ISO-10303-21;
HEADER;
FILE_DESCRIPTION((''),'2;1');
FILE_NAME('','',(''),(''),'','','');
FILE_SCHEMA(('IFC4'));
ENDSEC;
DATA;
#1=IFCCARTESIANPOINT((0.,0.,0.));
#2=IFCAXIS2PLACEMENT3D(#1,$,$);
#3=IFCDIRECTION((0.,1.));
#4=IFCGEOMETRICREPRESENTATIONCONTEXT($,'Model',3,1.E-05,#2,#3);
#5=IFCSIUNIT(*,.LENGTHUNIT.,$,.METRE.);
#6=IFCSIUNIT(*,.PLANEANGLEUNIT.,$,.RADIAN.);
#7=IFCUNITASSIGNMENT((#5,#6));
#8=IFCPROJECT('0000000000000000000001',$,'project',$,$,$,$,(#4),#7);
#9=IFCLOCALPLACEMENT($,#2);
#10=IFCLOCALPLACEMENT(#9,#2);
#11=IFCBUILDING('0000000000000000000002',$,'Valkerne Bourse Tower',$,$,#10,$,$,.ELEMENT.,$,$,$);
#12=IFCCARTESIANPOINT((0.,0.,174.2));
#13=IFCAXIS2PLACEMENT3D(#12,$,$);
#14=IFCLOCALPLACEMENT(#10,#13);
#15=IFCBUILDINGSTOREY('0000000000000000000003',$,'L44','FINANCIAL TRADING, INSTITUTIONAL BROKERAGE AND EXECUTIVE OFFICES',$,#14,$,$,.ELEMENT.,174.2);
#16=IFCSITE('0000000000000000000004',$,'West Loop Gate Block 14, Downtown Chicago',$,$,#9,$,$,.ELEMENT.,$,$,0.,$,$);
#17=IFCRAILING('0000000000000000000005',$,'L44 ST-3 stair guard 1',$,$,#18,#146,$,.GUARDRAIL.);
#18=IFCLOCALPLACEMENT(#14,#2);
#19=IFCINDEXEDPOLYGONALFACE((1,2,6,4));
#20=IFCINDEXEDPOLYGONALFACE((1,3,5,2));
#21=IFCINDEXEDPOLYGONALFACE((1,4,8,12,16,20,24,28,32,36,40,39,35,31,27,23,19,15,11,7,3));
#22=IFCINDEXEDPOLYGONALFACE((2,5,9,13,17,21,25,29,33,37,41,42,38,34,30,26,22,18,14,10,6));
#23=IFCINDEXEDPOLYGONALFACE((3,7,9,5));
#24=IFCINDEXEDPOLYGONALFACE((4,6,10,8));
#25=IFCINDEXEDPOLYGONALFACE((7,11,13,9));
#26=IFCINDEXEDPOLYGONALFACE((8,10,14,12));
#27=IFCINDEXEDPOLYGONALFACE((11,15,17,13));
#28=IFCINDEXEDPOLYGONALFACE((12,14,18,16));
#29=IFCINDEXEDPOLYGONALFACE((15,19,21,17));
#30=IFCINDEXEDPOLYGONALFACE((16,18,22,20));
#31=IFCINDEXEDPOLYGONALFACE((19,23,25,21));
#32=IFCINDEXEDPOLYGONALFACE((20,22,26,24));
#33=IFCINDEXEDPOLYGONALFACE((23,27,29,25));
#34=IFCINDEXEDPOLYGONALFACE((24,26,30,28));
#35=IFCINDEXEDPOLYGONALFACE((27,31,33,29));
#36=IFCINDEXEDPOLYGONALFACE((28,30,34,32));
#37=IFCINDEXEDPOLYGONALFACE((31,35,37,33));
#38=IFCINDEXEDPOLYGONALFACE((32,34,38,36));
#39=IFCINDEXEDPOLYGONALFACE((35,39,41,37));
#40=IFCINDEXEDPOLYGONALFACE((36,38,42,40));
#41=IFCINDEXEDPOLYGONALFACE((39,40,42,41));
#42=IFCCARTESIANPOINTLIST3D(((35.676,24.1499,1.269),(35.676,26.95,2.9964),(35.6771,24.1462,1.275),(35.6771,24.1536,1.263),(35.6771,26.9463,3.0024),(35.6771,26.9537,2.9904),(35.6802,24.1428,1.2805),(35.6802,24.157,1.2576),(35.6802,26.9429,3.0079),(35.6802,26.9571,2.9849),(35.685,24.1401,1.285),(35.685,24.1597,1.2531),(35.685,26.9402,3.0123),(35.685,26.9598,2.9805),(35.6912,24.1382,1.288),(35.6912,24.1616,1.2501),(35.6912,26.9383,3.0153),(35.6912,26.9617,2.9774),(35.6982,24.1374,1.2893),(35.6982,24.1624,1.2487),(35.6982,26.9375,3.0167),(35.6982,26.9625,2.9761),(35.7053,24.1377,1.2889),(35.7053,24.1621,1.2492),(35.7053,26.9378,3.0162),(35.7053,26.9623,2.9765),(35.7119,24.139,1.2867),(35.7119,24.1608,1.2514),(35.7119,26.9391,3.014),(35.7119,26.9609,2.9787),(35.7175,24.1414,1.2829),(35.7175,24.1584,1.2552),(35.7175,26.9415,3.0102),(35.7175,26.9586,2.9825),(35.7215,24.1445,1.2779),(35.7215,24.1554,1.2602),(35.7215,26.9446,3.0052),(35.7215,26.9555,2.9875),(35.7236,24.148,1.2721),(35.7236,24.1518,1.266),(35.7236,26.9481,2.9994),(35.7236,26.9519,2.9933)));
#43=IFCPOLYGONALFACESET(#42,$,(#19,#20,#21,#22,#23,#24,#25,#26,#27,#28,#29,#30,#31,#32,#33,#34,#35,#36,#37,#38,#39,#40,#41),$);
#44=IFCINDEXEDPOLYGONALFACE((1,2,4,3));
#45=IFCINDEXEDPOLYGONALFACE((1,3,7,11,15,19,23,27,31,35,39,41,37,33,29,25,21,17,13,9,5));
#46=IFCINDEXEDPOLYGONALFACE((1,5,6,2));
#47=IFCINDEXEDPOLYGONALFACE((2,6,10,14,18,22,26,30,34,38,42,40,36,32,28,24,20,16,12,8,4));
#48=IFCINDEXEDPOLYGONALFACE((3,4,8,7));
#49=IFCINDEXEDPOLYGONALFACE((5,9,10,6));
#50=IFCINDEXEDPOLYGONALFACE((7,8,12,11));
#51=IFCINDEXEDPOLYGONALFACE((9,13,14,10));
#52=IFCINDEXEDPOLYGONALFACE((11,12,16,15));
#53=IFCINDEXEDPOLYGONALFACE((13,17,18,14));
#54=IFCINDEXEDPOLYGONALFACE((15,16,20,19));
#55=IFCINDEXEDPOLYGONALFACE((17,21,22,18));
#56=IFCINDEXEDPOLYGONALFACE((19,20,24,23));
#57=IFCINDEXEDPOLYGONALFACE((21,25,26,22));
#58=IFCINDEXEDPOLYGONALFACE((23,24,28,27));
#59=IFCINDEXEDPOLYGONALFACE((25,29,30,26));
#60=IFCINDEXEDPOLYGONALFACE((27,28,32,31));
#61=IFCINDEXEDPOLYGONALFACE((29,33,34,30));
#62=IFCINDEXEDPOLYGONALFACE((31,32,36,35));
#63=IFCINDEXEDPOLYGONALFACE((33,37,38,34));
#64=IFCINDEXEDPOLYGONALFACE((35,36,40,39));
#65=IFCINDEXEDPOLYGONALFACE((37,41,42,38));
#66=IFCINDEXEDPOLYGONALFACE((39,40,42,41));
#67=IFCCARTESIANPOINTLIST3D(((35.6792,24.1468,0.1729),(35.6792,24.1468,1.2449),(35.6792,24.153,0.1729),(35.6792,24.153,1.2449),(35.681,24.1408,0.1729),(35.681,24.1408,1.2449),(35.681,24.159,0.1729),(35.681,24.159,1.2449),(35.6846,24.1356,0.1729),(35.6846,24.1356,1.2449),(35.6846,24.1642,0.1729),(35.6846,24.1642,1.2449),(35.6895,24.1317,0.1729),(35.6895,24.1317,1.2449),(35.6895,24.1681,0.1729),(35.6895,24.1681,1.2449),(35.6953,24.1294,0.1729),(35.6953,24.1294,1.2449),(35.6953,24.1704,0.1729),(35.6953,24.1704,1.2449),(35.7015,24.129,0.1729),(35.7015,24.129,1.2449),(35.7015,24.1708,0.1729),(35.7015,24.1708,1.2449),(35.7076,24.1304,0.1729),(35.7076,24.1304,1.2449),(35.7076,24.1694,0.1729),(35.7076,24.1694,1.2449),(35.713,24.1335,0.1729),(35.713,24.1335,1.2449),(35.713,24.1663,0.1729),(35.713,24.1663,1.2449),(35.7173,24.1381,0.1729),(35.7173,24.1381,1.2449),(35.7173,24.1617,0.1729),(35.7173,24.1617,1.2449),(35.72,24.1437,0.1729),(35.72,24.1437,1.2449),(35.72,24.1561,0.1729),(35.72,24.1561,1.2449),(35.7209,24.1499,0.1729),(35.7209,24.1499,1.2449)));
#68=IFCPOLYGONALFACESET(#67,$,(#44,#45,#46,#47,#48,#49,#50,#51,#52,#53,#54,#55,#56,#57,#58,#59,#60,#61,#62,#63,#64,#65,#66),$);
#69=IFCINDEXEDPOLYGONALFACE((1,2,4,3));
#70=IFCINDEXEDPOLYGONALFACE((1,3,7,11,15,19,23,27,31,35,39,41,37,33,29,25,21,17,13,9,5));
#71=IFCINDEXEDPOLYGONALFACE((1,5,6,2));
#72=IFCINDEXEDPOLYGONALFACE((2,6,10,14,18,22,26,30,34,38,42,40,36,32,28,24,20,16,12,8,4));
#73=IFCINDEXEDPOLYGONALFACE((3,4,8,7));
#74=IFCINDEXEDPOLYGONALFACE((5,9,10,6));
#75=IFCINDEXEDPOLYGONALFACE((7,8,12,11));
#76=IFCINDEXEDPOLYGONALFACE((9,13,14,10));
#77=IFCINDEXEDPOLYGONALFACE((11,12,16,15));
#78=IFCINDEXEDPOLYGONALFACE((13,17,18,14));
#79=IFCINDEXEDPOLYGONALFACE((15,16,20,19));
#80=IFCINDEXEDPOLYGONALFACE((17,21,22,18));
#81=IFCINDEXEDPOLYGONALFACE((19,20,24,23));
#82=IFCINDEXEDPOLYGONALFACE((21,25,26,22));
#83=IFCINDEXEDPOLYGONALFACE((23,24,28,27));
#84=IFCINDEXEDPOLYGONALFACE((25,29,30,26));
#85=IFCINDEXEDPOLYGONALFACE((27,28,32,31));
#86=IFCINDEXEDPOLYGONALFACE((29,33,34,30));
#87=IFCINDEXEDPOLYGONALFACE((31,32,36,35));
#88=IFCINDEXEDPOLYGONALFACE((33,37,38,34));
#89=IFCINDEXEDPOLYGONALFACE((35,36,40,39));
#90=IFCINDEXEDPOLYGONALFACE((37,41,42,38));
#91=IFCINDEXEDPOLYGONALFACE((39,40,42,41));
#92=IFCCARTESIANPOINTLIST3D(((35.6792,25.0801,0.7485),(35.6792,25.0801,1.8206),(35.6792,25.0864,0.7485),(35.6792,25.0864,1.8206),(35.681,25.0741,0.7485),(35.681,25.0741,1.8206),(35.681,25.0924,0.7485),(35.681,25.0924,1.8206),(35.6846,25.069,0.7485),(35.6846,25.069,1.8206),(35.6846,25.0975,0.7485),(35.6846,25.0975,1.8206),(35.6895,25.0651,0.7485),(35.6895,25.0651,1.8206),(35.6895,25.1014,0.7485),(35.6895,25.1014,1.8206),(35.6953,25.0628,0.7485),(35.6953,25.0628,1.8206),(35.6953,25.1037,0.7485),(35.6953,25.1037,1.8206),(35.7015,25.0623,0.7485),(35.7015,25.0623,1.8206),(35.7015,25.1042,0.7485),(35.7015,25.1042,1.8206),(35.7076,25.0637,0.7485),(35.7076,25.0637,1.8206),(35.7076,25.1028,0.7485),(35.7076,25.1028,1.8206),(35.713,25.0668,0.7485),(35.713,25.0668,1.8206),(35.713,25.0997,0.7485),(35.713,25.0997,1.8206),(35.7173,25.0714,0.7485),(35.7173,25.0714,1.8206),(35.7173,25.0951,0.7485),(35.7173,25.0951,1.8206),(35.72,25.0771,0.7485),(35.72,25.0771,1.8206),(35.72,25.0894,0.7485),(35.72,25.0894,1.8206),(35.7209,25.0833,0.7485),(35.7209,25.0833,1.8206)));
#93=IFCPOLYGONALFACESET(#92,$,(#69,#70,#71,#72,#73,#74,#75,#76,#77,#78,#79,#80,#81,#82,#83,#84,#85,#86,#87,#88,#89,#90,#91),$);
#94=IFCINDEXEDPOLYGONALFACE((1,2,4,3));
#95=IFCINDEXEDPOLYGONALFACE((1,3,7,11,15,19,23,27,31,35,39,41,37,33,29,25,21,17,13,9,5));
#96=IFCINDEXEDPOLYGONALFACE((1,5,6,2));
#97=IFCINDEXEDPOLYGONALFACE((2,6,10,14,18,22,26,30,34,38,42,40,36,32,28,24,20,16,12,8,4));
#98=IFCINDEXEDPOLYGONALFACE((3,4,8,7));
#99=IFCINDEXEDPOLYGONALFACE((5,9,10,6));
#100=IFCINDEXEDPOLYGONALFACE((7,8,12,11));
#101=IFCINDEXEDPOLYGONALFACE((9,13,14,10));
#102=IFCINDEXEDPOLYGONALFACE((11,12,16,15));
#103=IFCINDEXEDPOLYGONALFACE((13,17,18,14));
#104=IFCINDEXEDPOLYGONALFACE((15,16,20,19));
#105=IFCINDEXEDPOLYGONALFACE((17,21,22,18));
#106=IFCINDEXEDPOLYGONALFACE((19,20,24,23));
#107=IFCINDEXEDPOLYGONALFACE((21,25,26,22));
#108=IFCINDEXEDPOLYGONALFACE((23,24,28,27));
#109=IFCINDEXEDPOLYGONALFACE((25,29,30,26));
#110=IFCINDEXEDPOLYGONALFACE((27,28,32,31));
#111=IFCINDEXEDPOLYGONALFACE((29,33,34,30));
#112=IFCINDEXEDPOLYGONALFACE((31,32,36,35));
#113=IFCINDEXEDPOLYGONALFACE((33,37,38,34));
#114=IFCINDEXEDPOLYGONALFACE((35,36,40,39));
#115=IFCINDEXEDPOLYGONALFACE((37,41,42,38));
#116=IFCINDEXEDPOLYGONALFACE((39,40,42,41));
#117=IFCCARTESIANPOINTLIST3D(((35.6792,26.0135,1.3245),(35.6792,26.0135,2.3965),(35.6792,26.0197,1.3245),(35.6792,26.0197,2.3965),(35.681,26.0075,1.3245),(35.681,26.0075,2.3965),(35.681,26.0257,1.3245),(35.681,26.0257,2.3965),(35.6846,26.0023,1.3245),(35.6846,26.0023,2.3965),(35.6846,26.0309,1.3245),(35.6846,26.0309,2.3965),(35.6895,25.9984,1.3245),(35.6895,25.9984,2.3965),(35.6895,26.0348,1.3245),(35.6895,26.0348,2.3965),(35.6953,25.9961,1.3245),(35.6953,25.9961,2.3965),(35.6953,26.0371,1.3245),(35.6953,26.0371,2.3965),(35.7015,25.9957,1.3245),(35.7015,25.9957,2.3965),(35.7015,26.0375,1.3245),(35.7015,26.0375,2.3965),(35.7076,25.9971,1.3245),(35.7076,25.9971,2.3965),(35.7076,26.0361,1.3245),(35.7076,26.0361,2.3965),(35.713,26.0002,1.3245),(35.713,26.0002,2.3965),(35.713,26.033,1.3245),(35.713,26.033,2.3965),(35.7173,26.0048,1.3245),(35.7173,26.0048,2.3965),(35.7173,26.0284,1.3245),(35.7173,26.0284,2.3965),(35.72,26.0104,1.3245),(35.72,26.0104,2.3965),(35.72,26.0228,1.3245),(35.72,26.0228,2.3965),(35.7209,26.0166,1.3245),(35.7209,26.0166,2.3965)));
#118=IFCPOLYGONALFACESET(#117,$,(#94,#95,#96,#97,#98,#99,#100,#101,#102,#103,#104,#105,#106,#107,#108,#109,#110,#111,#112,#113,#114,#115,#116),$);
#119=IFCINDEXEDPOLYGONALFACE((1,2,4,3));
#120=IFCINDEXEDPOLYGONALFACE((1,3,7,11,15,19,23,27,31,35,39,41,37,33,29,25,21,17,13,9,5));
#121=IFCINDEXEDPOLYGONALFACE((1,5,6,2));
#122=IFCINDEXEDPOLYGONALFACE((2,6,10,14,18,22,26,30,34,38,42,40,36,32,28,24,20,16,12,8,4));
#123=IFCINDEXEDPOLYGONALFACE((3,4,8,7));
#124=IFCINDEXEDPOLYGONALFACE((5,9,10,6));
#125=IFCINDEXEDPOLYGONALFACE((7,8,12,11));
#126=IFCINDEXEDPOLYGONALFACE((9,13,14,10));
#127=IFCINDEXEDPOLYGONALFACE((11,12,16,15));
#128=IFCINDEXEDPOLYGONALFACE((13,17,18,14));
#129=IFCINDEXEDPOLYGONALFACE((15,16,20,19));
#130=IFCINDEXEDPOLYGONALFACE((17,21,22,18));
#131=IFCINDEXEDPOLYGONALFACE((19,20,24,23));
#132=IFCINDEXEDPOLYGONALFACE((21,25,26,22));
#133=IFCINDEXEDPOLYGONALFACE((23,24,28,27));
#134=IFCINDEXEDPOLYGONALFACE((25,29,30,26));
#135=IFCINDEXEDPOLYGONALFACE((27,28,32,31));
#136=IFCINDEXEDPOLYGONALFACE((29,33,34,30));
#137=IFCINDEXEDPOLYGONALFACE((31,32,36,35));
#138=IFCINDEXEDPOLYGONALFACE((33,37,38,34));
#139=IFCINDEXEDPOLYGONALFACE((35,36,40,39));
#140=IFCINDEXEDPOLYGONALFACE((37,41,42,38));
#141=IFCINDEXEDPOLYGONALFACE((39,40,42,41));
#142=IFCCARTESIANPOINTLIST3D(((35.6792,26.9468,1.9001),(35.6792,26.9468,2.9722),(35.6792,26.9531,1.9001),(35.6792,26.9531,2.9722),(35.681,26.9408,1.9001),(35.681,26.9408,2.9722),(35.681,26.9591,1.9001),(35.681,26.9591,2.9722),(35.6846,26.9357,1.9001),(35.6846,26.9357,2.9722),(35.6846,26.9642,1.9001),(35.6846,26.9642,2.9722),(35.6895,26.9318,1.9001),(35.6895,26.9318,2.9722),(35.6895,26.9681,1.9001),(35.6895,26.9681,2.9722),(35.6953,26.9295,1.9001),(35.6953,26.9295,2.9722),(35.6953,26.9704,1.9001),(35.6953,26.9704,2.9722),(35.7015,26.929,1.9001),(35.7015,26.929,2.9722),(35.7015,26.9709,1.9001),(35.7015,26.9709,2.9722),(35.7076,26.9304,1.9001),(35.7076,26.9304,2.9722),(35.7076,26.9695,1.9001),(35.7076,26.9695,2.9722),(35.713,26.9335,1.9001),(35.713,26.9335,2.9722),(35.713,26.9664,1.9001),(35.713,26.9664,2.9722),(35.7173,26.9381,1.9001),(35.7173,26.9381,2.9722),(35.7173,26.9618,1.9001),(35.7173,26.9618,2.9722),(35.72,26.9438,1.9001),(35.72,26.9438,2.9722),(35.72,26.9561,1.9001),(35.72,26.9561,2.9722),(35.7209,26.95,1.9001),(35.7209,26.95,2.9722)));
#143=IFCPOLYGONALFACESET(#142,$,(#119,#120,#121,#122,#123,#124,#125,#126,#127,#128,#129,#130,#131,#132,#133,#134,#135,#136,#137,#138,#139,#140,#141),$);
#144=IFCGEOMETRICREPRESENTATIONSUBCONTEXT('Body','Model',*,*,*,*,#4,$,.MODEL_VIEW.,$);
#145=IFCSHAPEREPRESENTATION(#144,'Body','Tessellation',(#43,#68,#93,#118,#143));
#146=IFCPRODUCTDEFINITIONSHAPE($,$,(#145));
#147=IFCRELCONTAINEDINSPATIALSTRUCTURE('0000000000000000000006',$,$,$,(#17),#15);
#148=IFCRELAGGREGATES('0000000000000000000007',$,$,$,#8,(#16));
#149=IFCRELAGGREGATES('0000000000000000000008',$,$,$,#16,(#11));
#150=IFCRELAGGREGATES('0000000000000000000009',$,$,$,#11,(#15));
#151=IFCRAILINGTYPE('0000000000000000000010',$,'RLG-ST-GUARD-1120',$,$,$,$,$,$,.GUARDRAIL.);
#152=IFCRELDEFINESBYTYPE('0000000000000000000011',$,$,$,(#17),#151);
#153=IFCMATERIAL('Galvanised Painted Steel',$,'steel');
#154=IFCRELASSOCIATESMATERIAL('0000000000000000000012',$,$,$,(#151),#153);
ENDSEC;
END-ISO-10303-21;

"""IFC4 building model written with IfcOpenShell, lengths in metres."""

from ifc_helpers import new_model, si_unit, direction, frame, origin, origin_2d, place, context, subcontext, project, spatial, circle, extrude, material, type_object, element, save


model = new_model("IFC4")

# Units and contexts
model_context = context("Model", 3, precision=1e-05, world=origin(), true_north=direction((0.0, 1.0)))
body_context = subcontext(model_context, "Body", "Model", "MODEL_VIEW")
ifc_project = project(units=[si_unit("LENGTHUNIT", "METRE"), si_unit("PLANEANGLEUNIT", "RADIAN")], contexts=[model_context])

# Site, building, storey
site_placement = place(None, origin())
site = spatial("IfcSite", under=ifc_project, at=site_placement, Name="West Loop Gate Block 14, Downtown Chicago", CompositionType="ELEMENT", RefElevation=0.0)
building_placement = place(site_placement, origin())
building = spatial("IfcBuilding", under=site, at=building_placement, Name="Valkerne Bourse Tower", CompositionType="ELEMENT")
storey_placement = place(building_placement, frame((0.0, 0.0, 174.2)))
storey = spatial("IfcBuildingStorey", under=building, at=storey_placement, Name="L44", Description="FINANCIAL TRADING, INSTITUTIONAL BROKERAGE AND EXECUTIVE OFFICES", CompositionType="ELEMENT", Elevation=174.2)

# Railing
ifc_material_1 = material(Name="Galvanised Painted Steel", Category="steel")
railing_type_1 = type_object("IfcRailingType", Name="RLG-ST-GUARD-1120", PredefinedType="GUARDRAIL", material=ifc_material_1)
railing_1_placement = place(storey_placement, frame((35.7, 24.1499, 0.1729)))
element("IfcRailing", 1, at=railing_1_placement, inside=storey, type_object=railing_type_1, Name="L44 ST-3 stair guard 1", PredefinedType="GUARDRAIL", context=body_context, shape_type="SweptSolid", body=[
    extrude(circle(Radius=0.0239, at=origin_2d()), frame((0.0, 0.0, 1.0962), z_axis=(0.0, 0.85109, 0.52502), x_axis=(-1.0, 0.0, 0.0)), (0.0, 0.0, 1.0), 3.29),
    extrude(circle(Radius=0.021, at=origin_2d()), origin(), (0.0, 0.0, 1.0), 1.072),
    extrude(circle(Radius=0.021, at=origin_2d()), frame((0.0, 0.9333, 0.5757)), (0.0, 0.0, 1.0), 1.072),
    extrude(circle(Radius=0.021, at=origin_2d()), frame((0.0, 1.8667, 1.1516)), (0.0, 0.0, 1.0), 1.072),
    extrude(circle(Radius=0.021, at=origin_2d()), frame((0.0, 2.8, 1.7273)), (0.0, 0.0, 1.0), 1.072),
])

save(model, "model.ifc")
